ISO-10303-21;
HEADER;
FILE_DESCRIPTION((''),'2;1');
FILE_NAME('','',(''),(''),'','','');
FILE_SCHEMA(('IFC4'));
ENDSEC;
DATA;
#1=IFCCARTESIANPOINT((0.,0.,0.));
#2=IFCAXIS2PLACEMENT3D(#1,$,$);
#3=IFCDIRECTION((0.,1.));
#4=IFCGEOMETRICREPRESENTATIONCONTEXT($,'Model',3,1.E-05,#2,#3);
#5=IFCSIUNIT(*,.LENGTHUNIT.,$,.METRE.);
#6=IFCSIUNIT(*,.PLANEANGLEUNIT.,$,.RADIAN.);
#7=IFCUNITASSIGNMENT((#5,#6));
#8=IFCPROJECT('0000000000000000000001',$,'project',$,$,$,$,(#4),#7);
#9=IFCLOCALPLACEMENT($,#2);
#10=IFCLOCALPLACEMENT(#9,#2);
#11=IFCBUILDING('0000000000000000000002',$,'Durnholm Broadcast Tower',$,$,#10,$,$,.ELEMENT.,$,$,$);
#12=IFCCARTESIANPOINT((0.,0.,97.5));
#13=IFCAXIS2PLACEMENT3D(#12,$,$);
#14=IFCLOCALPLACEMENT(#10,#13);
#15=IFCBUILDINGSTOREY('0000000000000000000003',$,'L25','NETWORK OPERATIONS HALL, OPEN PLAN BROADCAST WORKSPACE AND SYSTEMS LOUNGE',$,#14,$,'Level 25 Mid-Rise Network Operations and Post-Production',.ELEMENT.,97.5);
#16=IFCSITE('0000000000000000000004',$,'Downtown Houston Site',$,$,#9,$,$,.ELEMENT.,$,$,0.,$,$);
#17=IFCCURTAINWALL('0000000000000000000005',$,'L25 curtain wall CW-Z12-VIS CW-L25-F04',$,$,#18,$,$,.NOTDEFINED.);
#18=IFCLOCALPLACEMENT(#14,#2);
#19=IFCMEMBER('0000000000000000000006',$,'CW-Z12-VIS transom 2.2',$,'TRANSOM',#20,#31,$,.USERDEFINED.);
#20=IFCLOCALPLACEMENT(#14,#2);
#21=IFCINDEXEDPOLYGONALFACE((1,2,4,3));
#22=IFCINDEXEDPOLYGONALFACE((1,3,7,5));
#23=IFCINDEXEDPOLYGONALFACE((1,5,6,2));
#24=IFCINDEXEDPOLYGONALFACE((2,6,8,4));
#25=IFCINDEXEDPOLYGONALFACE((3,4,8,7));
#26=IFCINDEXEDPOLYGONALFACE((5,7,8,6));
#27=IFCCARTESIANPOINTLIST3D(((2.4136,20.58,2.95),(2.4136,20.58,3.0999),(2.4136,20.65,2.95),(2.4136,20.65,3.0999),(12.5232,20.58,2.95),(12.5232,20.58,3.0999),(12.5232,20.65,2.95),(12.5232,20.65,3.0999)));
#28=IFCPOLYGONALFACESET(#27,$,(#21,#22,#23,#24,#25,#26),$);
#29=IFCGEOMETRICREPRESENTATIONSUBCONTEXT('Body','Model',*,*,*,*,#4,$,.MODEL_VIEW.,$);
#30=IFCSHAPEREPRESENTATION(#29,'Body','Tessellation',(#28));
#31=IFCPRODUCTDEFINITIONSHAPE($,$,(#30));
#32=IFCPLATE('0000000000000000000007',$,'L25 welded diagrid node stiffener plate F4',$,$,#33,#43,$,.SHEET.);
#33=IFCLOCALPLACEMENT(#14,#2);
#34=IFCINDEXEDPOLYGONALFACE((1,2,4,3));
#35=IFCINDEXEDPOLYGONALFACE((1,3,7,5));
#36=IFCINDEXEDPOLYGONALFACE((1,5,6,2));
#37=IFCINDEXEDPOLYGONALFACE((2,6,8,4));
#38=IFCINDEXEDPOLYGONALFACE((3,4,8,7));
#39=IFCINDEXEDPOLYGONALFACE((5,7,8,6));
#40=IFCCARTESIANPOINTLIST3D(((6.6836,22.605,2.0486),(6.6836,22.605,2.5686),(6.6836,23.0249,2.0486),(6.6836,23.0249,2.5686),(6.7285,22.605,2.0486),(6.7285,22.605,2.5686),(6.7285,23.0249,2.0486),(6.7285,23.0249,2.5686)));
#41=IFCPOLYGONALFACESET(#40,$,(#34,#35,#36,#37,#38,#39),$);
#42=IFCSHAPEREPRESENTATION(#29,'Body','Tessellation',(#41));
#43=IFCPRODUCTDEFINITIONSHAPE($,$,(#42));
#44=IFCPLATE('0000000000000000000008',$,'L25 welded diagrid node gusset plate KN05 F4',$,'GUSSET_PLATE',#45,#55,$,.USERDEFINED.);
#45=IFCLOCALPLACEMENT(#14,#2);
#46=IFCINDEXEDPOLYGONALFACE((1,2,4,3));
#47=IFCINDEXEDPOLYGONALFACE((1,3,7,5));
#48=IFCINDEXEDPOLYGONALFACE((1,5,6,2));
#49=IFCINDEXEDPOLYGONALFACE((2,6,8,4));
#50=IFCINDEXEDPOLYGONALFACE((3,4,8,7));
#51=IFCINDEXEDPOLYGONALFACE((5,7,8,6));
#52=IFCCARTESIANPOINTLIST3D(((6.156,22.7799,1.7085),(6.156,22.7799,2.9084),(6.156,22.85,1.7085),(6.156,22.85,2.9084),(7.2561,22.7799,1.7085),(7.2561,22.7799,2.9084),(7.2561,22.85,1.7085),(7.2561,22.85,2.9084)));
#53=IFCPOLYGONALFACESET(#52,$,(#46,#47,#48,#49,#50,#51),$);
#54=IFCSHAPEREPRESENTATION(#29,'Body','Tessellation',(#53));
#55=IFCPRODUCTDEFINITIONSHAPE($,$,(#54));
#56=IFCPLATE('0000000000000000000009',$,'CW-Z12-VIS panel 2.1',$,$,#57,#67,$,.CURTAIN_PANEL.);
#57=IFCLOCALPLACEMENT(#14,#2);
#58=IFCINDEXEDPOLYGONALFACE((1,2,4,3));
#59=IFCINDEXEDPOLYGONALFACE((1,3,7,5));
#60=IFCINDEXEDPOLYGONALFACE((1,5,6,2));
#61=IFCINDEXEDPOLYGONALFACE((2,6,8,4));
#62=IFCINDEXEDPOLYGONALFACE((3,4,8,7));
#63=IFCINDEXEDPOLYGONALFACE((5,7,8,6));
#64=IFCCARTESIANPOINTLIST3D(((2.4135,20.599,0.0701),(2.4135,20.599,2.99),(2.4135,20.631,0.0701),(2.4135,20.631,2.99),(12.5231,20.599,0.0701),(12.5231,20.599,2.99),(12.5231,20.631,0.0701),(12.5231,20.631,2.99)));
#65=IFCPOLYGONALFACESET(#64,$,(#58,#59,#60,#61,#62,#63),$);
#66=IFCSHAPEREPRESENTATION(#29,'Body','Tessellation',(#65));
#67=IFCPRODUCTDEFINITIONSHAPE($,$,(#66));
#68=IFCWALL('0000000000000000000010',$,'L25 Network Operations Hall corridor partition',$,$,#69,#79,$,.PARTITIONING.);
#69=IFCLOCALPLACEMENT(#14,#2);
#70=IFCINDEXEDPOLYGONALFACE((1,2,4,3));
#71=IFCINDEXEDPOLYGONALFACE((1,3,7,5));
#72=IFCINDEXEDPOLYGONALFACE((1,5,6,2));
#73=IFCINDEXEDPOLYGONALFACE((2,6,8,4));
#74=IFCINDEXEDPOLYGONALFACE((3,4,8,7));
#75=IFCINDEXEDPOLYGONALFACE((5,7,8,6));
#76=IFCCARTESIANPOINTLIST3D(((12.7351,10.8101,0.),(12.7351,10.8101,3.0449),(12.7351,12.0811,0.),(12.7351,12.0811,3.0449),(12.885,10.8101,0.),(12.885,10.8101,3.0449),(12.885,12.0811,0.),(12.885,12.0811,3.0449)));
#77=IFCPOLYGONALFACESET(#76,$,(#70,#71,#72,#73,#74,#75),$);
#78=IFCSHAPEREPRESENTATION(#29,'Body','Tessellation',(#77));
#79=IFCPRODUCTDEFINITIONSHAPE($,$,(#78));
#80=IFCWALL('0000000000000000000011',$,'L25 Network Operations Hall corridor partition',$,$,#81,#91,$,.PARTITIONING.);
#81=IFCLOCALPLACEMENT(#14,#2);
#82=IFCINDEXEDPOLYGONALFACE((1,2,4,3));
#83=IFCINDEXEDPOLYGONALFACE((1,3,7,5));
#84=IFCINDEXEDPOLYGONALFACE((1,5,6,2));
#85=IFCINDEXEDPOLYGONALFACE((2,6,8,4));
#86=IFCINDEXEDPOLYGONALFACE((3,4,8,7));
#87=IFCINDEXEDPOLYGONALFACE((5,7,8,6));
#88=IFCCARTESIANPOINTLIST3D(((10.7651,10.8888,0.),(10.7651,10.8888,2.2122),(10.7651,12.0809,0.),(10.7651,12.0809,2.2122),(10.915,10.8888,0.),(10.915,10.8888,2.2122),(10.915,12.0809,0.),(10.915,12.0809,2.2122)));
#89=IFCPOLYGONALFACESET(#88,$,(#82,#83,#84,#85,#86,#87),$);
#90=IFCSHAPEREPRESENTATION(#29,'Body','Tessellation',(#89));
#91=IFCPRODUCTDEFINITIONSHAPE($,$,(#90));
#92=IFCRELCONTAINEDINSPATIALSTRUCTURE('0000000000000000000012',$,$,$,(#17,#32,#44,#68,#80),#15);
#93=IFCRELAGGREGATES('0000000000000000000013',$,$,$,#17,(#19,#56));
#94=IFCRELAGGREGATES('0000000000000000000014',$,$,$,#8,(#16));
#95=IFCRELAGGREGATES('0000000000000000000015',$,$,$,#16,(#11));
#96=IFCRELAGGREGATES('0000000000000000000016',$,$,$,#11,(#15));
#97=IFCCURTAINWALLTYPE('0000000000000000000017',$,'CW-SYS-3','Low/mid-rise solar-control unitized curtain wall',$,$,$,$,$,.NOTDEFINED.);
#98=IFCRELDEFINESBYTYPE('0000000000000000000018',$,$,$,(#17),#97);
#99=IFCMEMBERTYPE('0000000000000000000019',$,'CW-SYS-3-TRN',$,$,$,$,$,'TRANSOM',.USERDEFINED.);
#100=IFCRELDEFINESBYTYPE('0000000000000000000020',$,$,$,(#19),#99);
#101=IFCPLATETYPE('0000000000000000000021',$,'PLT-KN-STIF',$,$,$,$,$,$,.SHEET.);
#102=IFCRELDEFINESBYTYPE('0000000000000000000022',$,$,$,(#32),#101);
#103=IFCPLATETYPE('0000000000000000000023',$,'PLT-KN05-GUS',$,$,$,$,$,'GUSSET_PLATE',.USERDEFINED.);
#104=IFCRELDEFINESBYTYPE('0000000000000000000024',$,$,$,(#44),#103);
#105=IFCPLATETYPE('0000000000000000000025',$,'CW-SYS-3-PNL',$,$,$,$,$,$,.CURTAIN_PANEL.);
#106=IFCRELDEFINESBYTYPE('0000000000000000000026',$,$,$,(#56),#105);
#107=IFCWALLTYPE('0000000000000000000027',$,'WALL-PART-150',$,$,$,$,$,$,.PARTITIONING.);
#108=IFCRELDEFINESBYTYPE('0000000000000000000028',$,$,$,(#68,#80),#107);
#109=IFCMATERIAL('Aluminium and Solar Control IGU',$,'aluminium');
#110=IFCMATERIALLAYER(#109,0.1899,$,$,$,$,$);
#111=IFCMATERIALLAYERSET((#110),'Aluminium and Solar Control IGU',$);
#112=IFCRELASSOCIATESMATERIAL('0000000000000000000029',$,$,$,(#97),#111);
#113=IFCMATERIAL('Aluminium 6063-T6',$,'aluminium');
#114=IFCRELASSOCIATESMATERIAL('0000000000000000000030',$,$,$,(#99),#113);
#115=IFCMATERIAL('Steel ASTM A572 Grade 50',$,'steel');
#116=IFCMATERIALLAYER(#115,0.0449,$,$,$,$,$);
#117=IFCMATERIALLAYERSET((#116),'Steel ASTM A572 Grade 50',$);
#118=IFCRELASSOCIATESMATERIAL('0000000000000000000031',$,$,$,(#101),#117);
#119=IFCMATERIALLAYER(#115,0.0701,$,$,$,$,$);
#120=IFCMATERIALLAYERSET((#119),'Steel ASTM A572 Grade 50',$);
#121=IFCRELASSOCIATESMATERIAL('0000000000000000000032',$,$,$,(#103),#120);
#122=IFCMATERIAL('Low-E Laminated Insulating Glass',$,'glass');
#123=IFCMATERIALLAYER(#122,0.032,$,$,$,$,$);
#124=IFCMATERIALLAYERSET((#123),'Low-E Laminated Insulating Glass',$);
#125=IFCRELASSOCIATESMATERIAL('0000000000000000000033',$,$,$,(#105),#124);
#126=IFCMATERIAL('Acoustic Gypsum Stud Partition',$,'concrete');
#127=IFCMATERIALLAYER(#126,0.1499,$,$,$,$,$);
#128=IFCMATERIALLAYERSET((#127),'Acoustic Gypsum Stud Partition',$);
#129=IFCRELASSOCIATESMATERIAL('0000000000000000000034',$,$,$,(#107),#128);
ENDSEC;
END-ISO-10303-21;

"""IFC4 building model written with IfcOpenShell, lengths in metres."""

from ifc_helpers import new_model, si_unit, direction, frame, frame_2d, origin, origin_2d, place, context, subcontext, project, spatial, rectangle, extrude, source, transform, mapped, material, layer, layer_set, material_profile, profile_set, type_object, type_shapes, element, aggregate, save


model = new_model("IFC4")

# Units and contexts
model_context = context("Model", 3, precision=1e-05, world=origin(), true_north=direction((0.0, 1.0)))
body_context = subcontext(model_context, "Body", "Model", "MODEL_VIEW")
ifc_project = project(units=[si_unit("LENGTHUNIT", "METRE"), si_unit("PLANEANGLEUNIT", "RADIAN")], contexts=[model_context])

# Site, building, storey
site_placement = place(None, origin())
site = spatial("IfcSite", under=ifc_project, at=site_placement, Name="Downtown Houston Site", CompositionType="ELEMENT", RefElevation=0.0)
building_placement = place(site_placement, origin())
building = spatial("IfcBuilding", under=site, at=building_placement, Name="Durnholm Broadcast Tower", CompositionType="ELEMENT")
storey_placement = place(building_placement, frame((0.0, 0.0, 97.5)))
storey = spatial("IfcBuildingStorey", under=building, at=storey_placement, Name="L25", Description="NETWORK OPERATIONS HALL, OPEN PLAN BROADCAST WORKSPACE AND SYSTEMS LOUNGE", LongName="Level 25 Mid-Rise Network Operations and Post-Production", CompositionType="ELEMENT", Elevation=97.5)

# Shared definitions
ifc_material_1 = material(Name="Aluminium and Solar Control IGU", Category="aluminium")
ifc_material_2 = material(Name="Aluminium 6063-T6", Category="aluminium")

# Curtain wall
ifc_layer_1 = layer(ifc_material_1, 0.1899)
ifc_layer_set_1 = layer_set([ifc_layer_1], Name="Aluminium and Solar Control IGU")
curtain_wall_type_1 = type_object("IfcCurtainWallType", Name="CW-SYS-3", Description="Low/mid-rise solar-control unitized curtain wall", PredefinedType="NOTDEFINED", material=ifc_layer_set_1)
curtain_wall_1_placement = place(storey_placement, origin())
curtain_wall_1 = element("IfcCurtainWall", 1, at=curtain_wall_1_placement, inside=storey, type_object=curtain_wall_type_1, Name="L25 curtain wall CW-Z12-VIS CW-L25-F04", PredefinedType="NOTDEFINED")

# Member
ifc_material_profile_1 = material_profile(ifc_material_2, rectangle(XDim=0.0701, YDim=0.1499, at=origin_2d()), Name="CWT70X150")
ifc_profile_set_1 = profile_set([ifc_material_profile_1], Name="Aluminium 6063-T6")
member_type_1 = type_object("IfcMemberType", Name="CW-SYS-3-TRN", ElementType="TRANSOM", PredefinedType="USERDEFINED", material=ifc_profile_set_1)
shared_shape_1 = source(origin(), body_context, "Body", "SweptSolid", [
    extrude(rectangle(XDim=0.0701, YDim=0.1499, at=origin_2d()), origin(), (0.0, 0.0, 1.0), 10.1096),
])
type_shapes(member_type_1, [shared_shape_1])
member_1_placement = place(storey_placement, frame((2.4136, 20.615, 3.0249), z_axis=(1.0, 0.0, 0.0), x_axis=(0.0, 1.0, 0.0)))
member_1 = element("IfcMember", 2, at=member_1_placement, type_object=member_type_1, Name="CW-Z12-VIS transom 2.2", ObjectType="TRANSOM", PredefinedType="USERDEFINED", context=body_context, shape_type="MappedRepresentation", body=[
    mapped(shared_shape_1, transform((0.0, 0.0, 0.0), x_axis=(1.0, 0.0, 0.0), y_axis=(0.0, 1.0, 0.0), z_axis=(0.0, 0.0, 1.0), scale=1.0)),
])

# Plates
ifc_material_3 = material(Name="Steel ASTM A572 Grade 50", Category="steel")
ifc_layer_2 = layer(ifc_material_3, 0.0449)
ifc_layer_set_2 = layer_set([ifc_layer_2], Name="Steel ASTM A572 Grade 50")
plate_type_1 = type_object("IfcPlateType", Name="PLT-KN-STIF", PredefinedType="SHEET", material=ifc_layer_set_2)
shared_shape_2 = source(origin(), body_context, "Body", "SweptSolid", [
    extrude(rectangle(XDim=0.0449, YDim=0.4199, at=origin_2d()), origin(), (0.0, 0.0, 1.0), 0.52),
])
type_shapes(plate_type_1, [shared_shape_2])
plate_1_placement = place(storey_placement, frame((6.7061, 22.8149, 2.0486), z_axis=(0.0, 0.0, 1.0), x_axis=(-1.0, 0.0, 0.0)))
element("IfcPlate", 3, at=plate_1_placement, inside=storey, type_object=plate_type_1, Name="L25 welded diagrid node stiffener plate F4", PredefinedType="SHEET", context=body_context, shape_type="MappedRepresentation", body=[
    mapped(shared_shape_2, transform((0.0, 0.0, 0.0), x_axis=(1.0, 0.0, 0.0), y_axis=(0.0, 1.0, 0.0), z_axis=(0.0, 0.0, 1.0), scale=1.0)),
])
ifc_layer_3 = layer(ifc_material_3, 0.0701)
ifc_layer_set_3 = layer_set([ifc_layer_3], Name="Steel ASTM A572 Grade 50")
plate_type_2 = type_object("IfcPlateType", Name="PLT-KN05-GUS", ElementType="GUSSET_PLATE", PredefinedType="USERDEFINED", material=ifc_layer_set_3)
shared_shape_3 = source(origin(), body_context, "Body", "SweptSolid", [
    extrude(rectangle(XDim=1.1001, YDim=0.0701, at=origin_2d()), origin(), (0.0, 0.0, 1.0), 1.2),
])
type_shapes(plate_type_2, [shared_shape_3])
plate_2_placement = place(storey_placement, frame((6.7061, 22.8149, 1.7085), z_axis=(0.0, 0.0, 1.0), x_axis=(-1.0, 0.0, 0.0)))
element("IfcPlate", 4, at=plate_2_placement, inside=storey, type_object=plate_type_2, Name="L25 welded diagrid node gusset plate KN05 F4", ObjectType="GUSSET_PLATE", PredefinedType="USERDEFINED", context=body_context, shape_type="MappedRepresentation", body=[
    mapped(shared_shape_3, transform((0.0, 0.0, 0.0), x_axis=(1.0, 0.0, 0.0), y_axis=(0.0, 1.0, 0.0), z_axis=(0.0, 0.0, 1.0), scale=1.0)),
])

# Plate
ifc_material_4 = material(Name="Low-E Laminated Insulating Glass", Category="glass")
ifc_layer_4 = layer(ifc_material_4, 0.032)
ifc_layer_set_4 = layer_set([ifc_layer_4], Name="Low-E Laminated Insulating Glass")
plate_type_3 = type_object("IfcPlateType", Name="CW-SYS-3-PNL", PredefinedType="CURTAIN_PANEL", material=ifc_layer_set_4)
shared_shape_4 = source(origin(), body_context, "Body", "SweptSolid", [
    extrude(rectangle(XDim=10.1096, YDim=0.032, at=origin_2d()), origin(), (0.0, 0.0, 1.0), 2.9199),
])
type_shapes(plate_type_3, [shared_shape_4])
plate_3_placement = place(storey_placement, frame((7.4683, 20.615, 0.0701), z_axis=(0.0, 0.0, 1.0), x_axis=(1.0, 0.0, 0.0)))
plate_3 = element("IfcPlate", 5, at=plate_3_placement, type_object=plate_type_3, Name="CW-Z12-VIS panel 2.1", PredefinedType="CURTAIN_PANEL", context=body_context, shape_type="MappedRepresentation", body=[
    mapped(shared_shape_4, transform((0.0, 0.0, 0.0), x_axis=(1.0, 0.0, 0.0), y_axis=(0.0, 1.0, 0.0), z_axis=(0.0, 0.0, 1.0), scale=1.0)),
])
aggregate(curtain_wall_1, [member_1, plate_3])

# Walls
ifc_material_5 = material(Name="Acoustic Gypsum Stud Partition", Category="concrete")
ifc_layer_5 = layer(ifc_material_5, 0.1499)
ifc_layer_set_5 = layer_set([ifc_layer_5], Name="Acoustic Gypsum Stud Partition")
wall_type = type_object("IfcWallType", Name="WALL-PART-150", PredefinedType="PARTITIONING", material=ifc_layer_set_5)
wall_1_placement = place(storey_placement, frame((12.8101, 10.8101, 0.0), z_axis=(0.0, 0.0, 1.0), x_axis=(0.0, 1.0, 0.0)))
element("IfcWall", 6, at=wall_1_placement, inside=storey, type_object=wall_type, Name="L25 Network Operations Hall corridor partition", PredefinedType="PARTITIONING", context=body_context, shape_type="SweptSolid", body=[
    extrude(rectangle(XDim=1.271, YDim=0.1499, at=frame_2d((0.6355, 0.0))), origin(), (0.0, 0.0, 1.0), 3.0449),
])
wall_2_placement = place(storey_placement, frame((10.8401, 12.0811, 0.0), z_axis=(0.0, 0.0, 1.0), x_axis=(0.0, -1.0, 0.0)))
element("IfcWall", 7, at=wall_2_placement, inside=storey, type_object=wall_type, Name="L25 Network Operations Hall corridor partition", PredefinedType="PARTITIONING", context=body_context, shape_type="SweptSolid", body=[
    extrude(rectangle(XDim=1.1921, YDim=0.1499, at=frame_2d((0.5962, 0.0))), origin(), (0.0, 0.0, 1.0), 2.2122),
])

save(model, "model.ifc")
